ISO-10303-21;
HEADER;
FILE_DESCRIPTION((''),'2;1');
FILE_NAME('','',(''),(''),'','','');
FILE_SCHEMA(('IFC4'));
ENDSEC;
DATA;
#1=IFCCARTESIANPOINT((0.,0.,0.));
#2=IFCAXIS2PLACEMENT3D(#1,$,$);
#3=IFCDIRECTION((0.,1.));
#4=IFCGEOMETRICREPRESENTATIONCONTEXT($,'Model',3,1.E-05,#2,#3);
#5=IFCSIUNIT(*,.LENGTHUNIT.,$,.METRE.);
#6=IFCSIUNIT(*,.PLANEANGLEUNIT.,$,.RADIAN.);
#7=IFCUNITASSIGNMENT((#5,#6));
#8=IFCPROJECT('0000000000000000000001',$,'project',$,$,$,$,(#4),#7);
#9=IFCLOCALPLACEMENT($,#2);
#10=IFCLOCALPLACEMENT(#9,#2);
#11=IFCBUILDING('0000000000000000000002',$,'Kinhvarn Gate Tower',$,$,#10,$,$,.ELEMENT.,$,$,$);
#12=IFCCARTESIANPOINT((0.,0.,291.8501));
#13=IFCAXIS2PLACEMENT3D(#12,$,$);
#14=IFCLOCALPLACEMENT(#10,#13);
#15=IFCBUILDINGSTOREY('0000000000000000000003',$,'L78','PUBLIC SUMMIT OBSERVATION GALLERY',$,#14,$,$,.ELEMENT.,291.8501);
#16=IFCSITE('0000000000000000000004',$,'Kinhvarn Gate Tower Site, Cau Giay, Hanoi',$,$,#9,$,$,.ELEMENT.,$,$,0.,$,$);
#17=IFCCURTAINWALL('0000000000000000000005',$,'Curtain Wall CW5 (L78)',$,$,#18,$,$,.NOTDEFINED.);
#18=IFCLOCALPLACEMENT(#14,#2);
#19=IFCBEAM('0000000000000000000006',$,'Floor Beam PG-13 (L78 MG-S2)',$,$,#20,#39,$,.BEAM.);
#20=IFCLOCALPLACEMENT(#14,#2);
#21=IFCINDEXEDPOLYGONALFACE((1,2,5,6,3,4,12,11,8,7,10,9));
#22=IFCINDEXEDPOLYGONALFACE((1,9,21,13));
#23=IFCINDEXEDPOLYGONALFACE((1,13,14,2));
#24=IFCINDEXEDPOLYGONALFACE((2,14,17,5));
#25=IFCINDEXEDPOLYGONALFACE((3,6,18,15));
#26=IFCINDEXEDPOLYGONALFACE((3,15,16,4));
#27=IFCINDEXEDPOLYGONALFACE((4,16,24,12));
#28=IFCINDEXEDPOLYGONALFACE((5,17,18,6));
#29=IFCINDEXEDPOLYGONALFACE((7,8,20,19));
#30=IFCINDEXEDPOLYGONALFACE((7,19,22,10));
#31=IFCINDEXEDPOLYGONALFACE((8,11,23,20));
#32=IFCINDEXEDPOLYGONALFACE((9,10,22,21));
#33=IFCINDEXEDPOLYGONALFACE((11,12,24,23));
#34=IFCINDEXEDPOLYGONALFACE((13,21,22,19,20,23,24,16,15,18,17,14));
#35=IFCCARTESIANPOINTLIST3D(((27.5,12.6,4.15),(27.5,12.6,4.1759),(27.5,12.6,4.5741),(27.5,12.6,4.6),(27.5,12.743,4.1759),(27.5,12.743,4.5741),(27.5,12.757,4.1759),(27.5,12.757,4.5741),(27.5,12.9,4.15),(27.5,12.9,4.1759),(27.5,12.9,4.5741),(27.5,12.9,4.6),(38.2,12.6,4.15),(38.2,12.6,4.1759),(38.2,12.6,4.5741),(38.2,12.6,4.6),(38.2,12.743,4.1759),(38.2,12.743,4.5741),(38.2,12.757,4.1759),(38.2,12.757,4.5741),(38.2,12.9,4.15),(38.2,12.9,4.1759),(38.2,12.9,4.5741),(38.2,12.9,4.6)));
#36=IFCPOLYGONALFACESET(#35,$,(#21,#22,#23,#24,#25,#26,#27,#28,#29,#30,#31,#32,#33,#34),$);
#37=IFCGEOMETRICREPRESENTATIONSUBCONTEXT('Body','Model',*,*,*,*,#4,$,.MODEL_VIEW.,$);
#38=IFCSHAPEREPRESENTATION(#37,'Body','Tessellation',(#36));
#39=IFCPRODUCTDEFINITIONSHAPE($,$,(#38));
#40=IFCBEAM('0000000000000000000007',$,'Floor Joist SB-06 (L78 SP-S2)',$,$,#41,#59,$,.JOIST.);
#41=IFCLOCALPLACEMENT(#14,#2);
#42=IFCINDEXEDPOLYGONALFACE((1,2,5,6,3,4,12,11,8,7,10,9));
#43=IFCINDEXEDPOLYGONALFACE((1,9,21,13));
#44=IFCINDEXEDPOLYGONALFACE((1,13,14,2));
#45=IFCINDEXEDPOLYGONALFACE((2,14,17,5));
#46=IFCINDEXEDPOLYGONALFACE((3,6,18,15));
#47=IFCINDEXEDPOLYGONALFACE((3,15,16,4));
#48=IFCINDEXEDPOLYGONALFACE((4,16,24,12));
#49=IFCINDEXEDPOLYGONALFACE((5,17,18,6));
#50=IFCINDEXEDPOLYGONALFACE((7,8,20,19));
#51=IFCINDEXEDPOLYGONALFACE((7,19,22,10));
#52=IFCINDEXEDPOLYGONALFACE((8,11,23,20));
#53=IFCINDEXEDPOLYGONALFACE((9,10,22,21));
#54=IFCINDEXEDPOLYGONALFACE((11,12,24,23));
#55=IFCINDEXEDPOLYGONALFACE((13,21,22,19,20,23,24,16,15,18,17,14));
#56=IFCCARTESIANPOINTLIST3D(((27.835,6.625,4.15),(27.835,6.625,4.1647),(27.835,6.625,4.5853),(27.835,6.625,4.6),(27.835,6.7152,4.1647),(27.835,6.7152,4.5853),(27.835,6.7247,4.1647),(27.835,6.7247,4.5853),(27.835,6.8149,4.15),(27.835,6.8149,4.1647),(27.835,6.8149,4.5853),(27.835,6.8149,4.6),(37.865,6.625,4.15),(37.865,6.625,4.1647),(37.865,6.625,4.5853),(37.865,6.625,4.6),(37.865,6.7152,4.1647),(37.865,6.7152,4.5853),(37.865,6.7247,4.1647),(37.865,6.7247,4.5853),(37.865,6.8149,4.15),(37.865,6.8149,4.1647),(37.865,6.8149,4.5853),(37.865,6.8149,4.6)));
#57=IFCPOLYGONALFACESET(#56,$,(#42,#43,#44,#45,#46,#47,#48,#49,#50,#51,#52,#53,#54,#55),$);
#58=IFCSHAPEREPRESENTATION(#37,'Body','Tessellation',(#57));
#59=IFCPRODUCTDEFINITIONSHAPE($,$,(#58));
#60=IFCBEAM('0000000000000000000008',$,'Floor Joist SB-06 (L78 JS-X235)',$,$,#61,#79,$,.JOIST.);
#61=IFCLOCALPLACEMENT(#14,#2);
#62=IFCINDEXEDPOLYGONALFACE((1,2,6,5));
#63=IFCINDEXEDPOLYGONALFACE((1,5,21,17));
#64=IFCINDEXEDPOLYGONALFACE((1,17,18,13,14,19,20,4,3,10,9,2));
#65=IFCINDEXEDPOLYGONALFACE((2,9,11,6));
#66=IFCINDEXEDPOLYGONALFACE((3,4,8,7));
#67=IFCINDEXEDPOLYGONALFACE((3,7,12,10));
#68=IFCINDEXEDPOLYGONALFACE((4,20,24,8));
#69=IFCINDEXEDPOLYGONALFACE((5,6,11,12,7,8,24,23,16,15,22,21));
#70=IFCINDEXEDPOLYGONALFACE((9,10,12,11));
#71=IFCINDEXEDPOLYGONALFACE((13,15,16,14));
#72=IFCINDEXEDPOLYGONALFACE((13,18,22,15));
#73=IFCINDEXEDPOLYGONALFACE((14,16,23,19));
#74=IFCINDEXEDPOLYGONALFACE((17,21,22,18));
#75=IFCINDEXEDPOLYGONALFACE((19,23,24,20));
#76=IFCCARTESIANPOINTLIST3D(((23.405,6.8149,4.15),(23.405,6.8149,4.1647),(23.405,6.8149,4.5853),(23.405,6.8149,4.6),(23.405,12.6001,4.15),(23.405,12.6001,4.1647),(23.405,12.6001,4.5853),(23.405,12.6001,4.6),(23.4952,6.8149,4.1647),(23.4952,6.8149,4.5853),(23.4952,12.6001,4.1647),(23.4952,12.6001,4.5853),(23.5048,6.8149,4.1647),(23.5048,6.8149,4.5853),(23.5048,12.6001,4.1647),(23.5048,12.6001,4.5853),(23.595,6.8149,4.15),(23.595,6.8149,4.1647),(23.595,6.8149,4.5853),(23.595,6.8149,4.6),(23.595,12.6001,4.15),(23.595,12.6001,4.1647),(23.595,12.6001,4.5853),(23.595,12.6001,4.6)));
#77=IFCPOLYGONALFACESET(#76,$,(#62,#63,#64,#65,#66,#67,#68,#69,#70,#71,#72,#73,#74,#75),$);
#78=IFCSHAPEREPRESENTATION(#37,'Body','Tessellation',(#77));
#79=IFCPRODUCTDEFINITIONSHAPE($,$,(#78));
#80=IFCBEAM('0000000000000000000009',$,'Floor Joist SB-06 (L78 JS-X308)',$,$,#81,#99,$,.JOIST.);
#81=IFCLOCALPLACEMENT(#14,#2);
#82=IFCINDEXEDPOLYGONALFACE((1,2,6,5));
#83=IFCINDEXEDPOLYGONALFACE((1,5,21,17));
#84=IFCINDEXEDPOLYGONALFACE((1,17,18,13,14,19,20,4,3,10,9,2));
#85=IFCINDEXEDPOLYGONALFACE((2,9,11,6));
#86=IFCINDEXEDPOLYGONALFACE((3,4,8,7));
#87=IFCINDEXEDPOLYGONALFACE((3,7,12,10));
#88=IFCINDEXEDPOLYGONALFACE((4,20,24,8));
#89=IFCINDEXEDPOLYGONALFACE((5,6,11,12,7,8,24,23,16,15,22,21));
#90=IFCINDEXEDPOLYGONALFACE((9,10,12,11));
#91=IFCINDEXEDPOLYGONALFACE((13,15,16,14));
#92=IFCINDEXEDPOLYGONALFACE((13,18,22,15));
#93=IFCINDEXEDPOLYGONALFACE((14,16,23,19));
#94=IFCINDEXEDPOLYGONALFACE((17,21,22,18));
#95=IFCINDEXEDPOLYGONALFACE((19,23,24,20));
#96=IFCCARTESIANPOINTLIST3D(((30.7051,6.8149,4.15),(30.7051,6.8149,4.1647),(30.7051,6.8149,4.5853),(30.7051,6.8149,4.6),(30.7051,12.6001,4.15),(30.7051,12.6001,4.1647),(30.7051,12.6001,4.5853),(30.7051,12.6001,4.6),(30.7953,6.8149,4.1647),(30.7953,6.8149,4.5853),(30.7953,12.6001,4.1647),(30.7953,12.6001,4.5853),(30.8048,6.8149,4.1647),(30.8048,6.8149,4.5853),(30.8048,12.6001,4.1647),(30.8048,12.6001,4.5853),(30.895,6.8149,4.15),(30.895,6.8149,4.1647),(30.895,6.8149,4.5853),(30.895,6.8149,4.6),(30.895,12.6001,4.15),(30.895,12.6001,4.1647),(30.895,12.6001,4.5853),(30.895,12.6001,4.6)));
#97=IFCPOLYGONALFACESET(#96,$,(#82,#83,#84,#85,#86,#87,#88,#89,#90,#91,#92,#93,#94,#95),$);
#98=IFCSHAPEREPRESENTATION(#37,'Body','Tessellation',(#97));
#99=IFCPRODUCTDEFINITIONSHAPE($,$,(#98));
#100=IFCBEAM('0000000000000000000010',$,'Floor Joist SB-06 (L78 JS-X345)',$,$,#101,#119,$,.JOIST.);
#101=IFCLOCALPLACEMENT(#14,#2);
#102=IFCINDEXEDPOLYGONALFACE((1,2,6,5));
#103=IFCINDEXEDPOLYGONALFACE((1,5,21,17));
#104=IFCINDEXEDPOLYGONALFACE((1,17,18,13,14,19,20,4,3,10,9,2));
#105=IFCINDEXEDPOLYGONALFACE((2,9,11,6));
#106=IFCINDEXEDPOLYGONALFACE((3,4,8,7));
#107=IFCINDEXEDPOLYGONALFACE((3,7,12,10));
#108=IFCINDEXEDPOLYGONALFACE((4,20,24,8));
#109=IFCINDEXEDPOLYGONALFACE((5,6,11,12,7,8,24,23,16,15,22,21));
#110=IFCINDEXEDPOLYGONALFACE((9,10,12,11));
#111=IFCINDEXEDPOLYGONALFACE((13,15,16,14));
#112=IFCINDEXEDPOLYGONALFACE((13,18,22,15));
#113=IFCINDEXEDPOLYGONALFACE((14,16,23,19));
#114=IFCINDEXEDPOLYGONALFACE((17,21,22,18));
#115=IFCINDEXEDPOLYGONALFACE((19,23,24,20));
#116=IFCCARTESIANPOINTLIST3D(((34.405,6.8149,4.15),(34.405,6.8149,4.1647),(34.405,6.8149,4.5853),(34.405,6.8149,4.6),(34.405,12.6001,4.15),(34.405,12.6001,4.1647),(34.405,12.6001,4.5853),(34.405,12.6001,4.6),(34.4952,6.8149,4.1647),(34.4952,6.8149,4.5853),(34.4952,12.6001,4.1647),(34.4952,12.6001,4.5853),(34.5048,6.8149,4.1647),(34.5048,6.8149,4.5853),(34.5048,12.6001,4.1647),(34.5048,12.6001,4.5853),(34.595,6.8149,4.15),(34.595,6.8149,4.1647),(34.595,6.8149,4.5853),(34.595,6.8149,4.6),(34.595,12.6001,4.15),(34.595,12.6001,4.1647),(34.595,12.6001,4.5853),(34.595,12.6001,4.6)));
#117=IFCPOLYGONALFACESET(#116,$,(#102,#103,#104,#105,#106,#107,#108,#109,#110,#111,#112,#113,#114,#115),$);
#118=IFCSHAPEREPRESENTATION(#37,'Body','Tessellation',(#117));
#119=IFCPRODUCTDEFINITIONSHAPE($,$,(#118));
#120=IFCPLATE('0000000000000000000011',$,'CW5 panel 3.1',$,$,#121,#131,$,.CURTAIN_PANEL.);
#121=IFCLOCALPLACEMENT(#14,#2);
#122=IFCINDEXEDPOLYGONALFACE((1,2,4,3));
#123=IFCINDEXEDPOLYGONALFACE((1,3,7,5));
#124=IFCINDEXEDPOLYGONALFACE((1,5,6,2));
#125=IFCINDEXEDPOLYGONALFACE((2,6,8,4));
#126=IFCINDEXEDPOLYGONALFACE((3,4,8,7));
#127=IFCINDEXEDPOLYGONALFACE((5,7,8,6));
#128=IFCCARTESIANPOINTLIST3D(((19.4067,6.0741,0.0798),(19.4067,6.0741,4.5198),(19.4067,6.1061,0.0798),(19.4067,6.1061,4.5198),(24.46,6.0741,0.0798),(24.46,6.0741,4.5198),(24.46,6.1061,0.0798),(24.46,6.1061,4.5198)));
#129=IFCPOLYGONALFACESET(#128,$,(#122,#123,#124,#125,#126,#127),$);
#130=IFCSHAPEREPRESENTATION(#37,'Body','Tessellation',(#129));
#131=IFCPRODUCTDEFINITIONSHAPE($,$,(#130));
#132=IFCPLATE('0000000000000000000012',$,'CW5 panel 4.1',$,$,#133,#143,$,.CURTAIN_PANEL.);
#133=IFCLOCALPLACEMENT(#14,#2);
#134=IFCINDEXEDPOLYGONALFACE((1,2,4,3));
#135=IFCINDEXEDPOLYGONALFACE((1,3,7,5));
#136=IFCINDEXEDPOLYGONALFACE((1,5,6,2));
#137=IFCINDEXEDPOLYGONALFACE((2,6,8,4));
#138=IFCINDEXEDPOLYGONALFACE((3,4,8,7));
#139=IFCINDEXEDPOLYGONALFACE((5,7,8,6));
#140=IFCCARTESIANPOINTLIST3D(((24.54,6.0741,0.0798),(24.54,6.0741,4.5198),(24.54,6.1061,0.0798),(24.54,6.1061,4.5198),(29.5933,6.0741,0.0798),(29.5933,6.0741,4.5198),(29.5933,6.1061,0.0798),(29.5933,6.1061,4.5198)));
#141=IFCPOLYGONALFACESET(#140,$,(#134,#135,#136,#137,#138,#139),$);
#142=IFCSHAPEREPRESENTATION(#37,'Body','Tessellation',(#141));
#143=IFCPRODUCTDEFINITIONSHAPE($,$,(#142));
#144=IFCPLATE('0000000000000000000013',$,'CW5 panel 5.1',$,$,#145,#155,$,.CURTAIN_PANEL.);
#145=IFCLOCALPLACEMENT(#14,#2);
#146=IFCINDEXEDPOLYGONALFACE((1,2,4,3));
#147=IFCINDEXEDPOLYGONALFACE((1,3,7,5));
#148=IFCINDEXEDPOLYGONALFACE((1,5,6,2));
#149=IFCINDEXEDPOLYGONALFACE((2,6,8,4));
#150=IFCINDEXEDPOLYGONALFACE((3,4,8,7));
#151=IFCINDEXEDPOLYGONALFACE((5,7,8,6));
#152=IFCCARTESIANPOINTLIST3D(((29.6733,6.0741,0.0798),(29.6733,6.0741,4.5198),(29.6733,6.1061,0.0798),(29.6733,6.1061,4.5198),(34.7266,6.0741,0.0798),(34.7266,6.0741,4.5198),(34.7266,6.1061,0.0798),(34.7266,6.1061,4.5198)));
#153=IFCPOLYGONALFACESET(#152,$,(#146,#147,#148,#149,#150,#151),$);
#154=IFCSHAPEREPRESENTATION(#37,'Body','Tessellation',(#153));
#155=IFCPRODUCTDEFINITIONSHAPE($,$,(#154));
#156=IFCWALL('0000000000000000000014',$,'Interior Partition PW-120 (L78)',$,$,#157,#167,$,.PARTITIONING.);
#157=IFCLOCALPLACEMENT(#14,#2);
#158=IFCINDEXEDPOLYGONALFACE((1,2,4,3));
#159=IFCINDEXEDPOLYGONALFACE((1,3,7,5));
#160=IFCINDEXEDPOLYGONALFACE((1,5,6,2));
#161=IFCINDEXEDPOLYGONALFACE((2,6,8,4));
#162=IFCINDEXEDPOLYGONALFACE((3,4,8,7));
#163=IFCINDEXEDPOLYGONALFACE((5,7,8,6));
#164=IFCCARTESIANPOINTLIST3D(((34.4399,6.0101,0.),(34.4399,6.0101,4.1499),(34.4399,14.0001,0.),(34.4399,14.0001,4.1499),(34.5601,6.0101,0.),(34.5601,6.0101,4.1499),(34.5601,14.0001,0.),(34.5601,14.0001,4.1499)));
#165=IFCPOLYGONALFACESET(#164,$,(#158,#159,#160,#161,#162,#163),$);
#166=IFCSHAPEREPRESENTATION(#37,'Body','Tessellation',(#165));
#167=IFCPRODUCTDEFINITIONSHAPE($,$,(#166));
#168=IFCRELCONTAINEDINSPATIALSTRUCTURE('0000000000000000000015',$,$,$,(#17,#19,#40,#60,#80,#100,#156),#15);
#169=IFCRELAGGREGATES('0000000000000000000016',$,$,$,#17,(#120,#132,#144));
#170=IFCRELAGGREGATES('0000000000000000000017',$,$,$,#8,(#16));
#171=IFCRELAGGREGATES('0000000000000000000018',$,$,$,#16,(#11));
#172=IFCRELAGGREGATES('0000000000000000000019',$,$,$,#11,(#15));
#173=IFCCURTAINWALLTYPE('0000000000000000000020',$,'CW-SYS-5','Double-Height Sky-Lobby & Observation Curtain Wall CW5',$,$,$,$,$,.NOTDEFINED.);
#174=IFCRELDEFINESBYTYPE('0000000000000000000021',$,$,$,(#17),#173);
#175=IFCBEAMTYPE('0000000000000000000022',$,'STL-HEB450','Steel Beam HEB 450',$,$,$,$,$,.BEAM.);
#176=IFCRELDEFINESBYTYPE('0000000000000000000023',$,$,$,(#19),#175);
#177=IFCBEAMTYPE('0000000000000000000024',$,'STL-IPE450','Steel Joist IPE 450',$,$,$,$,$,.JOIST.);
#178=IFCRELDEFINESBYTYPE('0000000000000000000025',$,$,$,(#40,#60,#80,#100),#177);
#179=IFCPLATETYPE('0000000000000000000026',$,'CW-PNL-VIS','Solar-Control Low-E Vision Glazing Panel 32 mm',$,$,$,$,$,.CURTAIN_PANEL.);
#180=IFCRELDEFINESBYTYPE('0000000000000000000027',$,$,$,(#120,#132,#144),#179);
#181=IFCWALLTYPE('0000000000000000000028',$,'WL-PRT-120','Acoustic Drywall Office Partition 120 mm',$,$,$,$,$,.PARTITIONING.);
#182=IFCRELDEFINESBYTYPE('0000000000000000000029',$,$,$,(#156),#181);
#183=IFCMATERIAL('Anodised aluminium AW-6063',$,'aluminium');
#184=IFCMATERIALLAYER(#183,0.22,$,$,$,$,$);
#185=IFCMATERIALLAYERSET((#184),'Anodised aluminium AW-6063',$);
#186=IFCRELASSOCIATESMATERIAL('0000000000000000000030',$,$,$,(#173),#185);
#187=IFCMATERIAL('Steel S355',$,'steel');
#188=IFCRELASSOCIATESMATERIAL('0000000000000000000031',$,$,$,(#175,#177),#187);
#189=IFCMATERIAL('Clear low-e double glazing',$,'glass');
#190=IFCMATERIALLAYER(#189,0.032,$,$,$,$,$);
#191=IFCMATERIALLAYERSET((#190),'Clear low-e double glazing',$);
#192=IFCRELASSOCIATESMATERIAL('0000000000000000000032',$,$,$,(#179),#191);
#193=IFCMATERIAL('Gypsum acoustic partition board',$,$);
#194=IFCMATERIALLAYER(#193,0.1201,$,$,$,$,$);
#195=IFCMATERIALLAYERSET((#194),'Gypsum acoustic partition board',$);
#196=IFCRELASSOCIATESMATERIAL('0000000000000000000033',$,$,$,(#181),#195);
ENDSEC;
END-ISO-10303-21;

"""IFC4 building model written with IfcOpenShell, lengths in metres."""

from ifc_helpers import new_model, si_unit, direction, frame, frame_2d, origin, origin_2d, place, context, subcontext, project, spatial, rectangle, i_section, extrude, material, layer, layer_set, material_profile, profile_set, type_object, element, aggregate, save


model = new_model("IFC4")

# Units and contexts
model_context = context("Model", 3, precision=1e-05, world=origin(), true_north=direction((0.0, 1.0)))
body_context = subcontext(model_context, "Body", "Model", "MODEL_VIEW")
ifc_project = project(units=[si_unit("LENGTHUNIT", "METRE"), si_unit("PLANEANGLEUNIT", "RADIAN")], contexts=[model_context])

# Site, building, storey
site_placement = place(None, origin())
site = spatial("IfcSite", under=ifc_project, at=site_placement, Name="Kinhvarn Gate Tower Site, Cau Giay, Hanoi", CompositionType="ELEMENT", RefElevation=0.0)
building_placement = place(site_placement, origin())
building = spatial("IfcBuilding", under=site, at=building_placement, Name="Kinhvarn Gate Tower", CompositionType="ELEMENT")
storey_placement = place(building_placement, frame((0.0, 0.0, 291.8501)))
storey = spatial("IfcBuildingStorey", under=building, at=storey_placement, Name="L78", Description="PUBLIC SUMMIT OBSERVATION GALLERY", CompositionType="ELEMENT", Elevation=291.8501)

# Curtain wall
ifc_material_1 = material(Name="Anodised aluminium AW-6063", Category="aluminium")
ifc_layer_1 = layer(ifc_material_1, 0.22)
ifc_layer_set_1 = layer_set([ifc_layer_1], Name="Anodised aluminium AW-6063")
curtain_wall_type = type_object("IfcCurtainWallType", Name="CW-SYS-5", Description="Double-Height Sky-Lobby & Observation Curtain Wall CW5", PredefinedType="NOTDEFINED", material=ifc_layer_set_1)
curtain_wall_placement = place(storey_placement, origin())
curtain_wall = element("IfcCurtainWall", 1, at=curtain_wall_placement, inside=storey, type_object=curtain_wall_type, Name="Curtain Wall CW5 (L78)", PredefinedType="NOTDEFINED")

# Beams
ifc_material_2 = material(Name="Steel S355", Category="steel")
ifc_material_profile_1 = material_profile(ifc_material_2, i_section(OverallWidth=0.3, OverallDepth=0.45, WebThickness=0.0139, FlangeThickness=0.0259, at=origin_2d()), Name="HEB 450")
ifc_profile_set_1 = profile_set([ifc_material_profile_1], Name="Steel S355")
beam_type_1 = type_object("IfcBeamType", Name="STL-HEB450", Description="Steel Beam HEB 450", PredefinedType="BEAM", material=ifc_profile_set_1)
beam_1_placement = place(storey_placement, frame((27.5, 12.75, 4.375), z_axis=(1.0, 0.0, 0.0), x_axis=(0.0, 1.0, 0.0)))
element("IfcBeam", 2, at=beam_1_placement, inside=storey, type_object=beam_type_1, Name="Floor Beam PG-13 (L78 MG-S2)", PredefinedType="BEAM", context=body_context, shape_type="SweptSolid", body=[
    extrude(i_section(OverallWidth=0.3, OverallDepth=0.45, WebThickness=0.0139, FlangeThickness=0.0259, at=origin_2d()), origin(), (0.0, 0.0, 1.0), 10.7),
])
ifc_material_profile_2 = material_profile(ifc_material_2, i_section(OverallWidth=0.1899, OverallDepth=0.45, WebThickness=0.0095, FlangeThickness=0.0146, at=origin_2d()), Name="IPE 450")
ifc_profile_set_2 = profile_set([ifc_material_profile_2], Name="Steel S355")
beam_type_2 = type_object("IfcBeamType", Name="STL-IPE450", Description="Steel Joist IPE 450", PredefinedType="JOIST", material=ifc_profile_set_2)
beam_2_placement = place(storey_placement, frame((27.835, 6.72, 4.375), z_axis=(1.0, 0.0, 0.0), x_axis=(0.0, 1.0, 0.0)))
element("IfcBeam", 3, at=beam_2_placement, inside=storey, type_object=beam_type_2, Name="Floor Joist SB-06 (L78 SP-S2)", PredefinedType="JOIST", context=body_context, shape_type="SweptSolid", body=[
    extrude(i_section(OverallWidth=0.1899, OverallDepth=0.45, WebThickness=0.0095, FlangeThickness=0.0146, at=origin_2d()), origin(), (0.0, 0.0, 1.0), 10.03),
])
for number, where, z_axis, x_axis, name in (
    (4, (23.5, 6.8149, 4.375), (0.0, 1.0, 0.0), (-1.0, 0.0, 0.0), "Floor Joist SB-06 (L78 JS-X235)"),
    (5, (30.8, 6.8149, 4.375), (0.0, 1.0, 0.0), (-1.0, 0.0, 0.0), "Floor Joist SB-06 (L78 JS-X308)"),
    (6, (34.5, 6.8149, 4.375), (0.0, 1.0, 0.0), (-1.0, 0.0, 0.0), "Floor Joist SB-06 (L78 JS-X345)"),
):
    element("IfcBeam", number, at=place(storey_placement, frame(where, z_axis=z_axis, x_axis=x_axis)), inside=storey, type_object=beam_type_2, Name=name, PredefinedType="JOIST", context=body_context, shape_type="SweptSolid", body=[
        extrude(i_section(OverallWidth=0.1899, OverallDepth=0.45, WebThickness=0.0095, FlangeThickness=0.0146, at=origin_2d()), origin(), (0.0, 0.0, 1.0), 5.7852),
    ])

# Plates
ifc_material_3 = material(Name="Clear low-e double glazing", Category="glass")
ifc_layer_2 = layer(ifc_material_3, 0.032)
ifc_layer_set_2 = layer_set([ifc_layer_2], Name="Clear low-e double glazing")
plate_type = type_object("IfcPlateType", Name="CW-PNL-VIS", Description="Solar-Control Low-E Vision Glazing Panel 32 mm", PredefinedType="CURTAIN_PANEL", material=ifc_layer_set_2)
plate_1_placement = place(storey_placement, frame((21.9333, 6.0901, 0.0798), z_axis=(0.0, 0.0, 1.0), x_axis=(1.0, 0.0, 0.0)))
plate_1 = element("IfcPlate", 7, at=plate_1_placement, type_object=plate_type, Name="CW5 panel 3.1", PredefinedType="CURTAIN_PANEL", context=body_context, shape_type="SweptSolid", body=[
    extrude(rectangle(XDim=5.0532, YDim=0.032, at=origin_2d()), origin(), (0.0, 0.0, 1.0), 4.4399),
])
plate_2_placement = place(storey_placement, frame((27.0667, 6.0901, 0.0798), z_axis=(0.0, 0.0, 1.0), x_axis=(1.0, 0.0, 0.0)))
plate_2 = element("IfcPlate", 8, at=plate_2_placement, type_object=plate_type, Name="CW5 panel 4.1", PredefinedType="CURTAIN_PANEL", context=body_context, shape_type="SweptSolid", body=[
    extrude(rectangle(XDim=5.0532, YDim=0.032, at=origin_2d()), origin(), (0.0, 0.0, 1.0), 4.4399),
])
plate_3_placement = place(storey_placement, frame((32.2, 6.0901, 0.0798), z_axis=(0.0, 0.0, 1.0), x_axis=(1.0, 0.0, 0.0)))
plate_3 = element("IfcPlate", 9, at=plate_3_placement, type_object=plate_type, Name="CW5 panel 5.1", PredefinedType="CURTAIN_PANEL", context=body_context, shape_type="SweptSolid", body=[
    extrude(rectangle(XDim=5.0532, YDim=0.032, at=origin_2d()), origin(), (0.0, 0.0, 1.0), 4.4399),
])
aggregate(curtain_wall, [plate_1, plate_2, plate_3])

# Wall
ifc_material_4 = material(Name="Gypsum acoustic partition board")
ifc_layer_3 = layer(ifc_material_4, 0.1201)
ifc_layer_set_3 = layer_set([ifc_layer_3], Name="Gypsum acoustic partition board")
wall_type = type_object("IfcWallType", Name="WL-PRT-120", Description="Acoustic Drywall Office Partition 120 mm", PredefinedType="PARTITIONING", material=ifc_layer_set_3)
wall_placement = place(storey_placement, frame((34.5, 6.01, 0.0), z_axis=(0.0, 0.0, 1.0), x_axis=(0.0, 1.0, 0.0)))
element("IfcWall", 10, at=wall_placement, inside=storey, type_object=wall_type, Name="Interior Partition PW-120 (L78)", PredefinedType="PARTITIONING", context=body_context, shape_type="SweptSolid", body=[
    extrude(rectangle(XDim=7.99, YDim=0.1201, at=frame_2d((3.9951, 0.0))), origin(), (0.0, 0.0, 1.0), 4.1499),
])

save(model, "model.ifc")
